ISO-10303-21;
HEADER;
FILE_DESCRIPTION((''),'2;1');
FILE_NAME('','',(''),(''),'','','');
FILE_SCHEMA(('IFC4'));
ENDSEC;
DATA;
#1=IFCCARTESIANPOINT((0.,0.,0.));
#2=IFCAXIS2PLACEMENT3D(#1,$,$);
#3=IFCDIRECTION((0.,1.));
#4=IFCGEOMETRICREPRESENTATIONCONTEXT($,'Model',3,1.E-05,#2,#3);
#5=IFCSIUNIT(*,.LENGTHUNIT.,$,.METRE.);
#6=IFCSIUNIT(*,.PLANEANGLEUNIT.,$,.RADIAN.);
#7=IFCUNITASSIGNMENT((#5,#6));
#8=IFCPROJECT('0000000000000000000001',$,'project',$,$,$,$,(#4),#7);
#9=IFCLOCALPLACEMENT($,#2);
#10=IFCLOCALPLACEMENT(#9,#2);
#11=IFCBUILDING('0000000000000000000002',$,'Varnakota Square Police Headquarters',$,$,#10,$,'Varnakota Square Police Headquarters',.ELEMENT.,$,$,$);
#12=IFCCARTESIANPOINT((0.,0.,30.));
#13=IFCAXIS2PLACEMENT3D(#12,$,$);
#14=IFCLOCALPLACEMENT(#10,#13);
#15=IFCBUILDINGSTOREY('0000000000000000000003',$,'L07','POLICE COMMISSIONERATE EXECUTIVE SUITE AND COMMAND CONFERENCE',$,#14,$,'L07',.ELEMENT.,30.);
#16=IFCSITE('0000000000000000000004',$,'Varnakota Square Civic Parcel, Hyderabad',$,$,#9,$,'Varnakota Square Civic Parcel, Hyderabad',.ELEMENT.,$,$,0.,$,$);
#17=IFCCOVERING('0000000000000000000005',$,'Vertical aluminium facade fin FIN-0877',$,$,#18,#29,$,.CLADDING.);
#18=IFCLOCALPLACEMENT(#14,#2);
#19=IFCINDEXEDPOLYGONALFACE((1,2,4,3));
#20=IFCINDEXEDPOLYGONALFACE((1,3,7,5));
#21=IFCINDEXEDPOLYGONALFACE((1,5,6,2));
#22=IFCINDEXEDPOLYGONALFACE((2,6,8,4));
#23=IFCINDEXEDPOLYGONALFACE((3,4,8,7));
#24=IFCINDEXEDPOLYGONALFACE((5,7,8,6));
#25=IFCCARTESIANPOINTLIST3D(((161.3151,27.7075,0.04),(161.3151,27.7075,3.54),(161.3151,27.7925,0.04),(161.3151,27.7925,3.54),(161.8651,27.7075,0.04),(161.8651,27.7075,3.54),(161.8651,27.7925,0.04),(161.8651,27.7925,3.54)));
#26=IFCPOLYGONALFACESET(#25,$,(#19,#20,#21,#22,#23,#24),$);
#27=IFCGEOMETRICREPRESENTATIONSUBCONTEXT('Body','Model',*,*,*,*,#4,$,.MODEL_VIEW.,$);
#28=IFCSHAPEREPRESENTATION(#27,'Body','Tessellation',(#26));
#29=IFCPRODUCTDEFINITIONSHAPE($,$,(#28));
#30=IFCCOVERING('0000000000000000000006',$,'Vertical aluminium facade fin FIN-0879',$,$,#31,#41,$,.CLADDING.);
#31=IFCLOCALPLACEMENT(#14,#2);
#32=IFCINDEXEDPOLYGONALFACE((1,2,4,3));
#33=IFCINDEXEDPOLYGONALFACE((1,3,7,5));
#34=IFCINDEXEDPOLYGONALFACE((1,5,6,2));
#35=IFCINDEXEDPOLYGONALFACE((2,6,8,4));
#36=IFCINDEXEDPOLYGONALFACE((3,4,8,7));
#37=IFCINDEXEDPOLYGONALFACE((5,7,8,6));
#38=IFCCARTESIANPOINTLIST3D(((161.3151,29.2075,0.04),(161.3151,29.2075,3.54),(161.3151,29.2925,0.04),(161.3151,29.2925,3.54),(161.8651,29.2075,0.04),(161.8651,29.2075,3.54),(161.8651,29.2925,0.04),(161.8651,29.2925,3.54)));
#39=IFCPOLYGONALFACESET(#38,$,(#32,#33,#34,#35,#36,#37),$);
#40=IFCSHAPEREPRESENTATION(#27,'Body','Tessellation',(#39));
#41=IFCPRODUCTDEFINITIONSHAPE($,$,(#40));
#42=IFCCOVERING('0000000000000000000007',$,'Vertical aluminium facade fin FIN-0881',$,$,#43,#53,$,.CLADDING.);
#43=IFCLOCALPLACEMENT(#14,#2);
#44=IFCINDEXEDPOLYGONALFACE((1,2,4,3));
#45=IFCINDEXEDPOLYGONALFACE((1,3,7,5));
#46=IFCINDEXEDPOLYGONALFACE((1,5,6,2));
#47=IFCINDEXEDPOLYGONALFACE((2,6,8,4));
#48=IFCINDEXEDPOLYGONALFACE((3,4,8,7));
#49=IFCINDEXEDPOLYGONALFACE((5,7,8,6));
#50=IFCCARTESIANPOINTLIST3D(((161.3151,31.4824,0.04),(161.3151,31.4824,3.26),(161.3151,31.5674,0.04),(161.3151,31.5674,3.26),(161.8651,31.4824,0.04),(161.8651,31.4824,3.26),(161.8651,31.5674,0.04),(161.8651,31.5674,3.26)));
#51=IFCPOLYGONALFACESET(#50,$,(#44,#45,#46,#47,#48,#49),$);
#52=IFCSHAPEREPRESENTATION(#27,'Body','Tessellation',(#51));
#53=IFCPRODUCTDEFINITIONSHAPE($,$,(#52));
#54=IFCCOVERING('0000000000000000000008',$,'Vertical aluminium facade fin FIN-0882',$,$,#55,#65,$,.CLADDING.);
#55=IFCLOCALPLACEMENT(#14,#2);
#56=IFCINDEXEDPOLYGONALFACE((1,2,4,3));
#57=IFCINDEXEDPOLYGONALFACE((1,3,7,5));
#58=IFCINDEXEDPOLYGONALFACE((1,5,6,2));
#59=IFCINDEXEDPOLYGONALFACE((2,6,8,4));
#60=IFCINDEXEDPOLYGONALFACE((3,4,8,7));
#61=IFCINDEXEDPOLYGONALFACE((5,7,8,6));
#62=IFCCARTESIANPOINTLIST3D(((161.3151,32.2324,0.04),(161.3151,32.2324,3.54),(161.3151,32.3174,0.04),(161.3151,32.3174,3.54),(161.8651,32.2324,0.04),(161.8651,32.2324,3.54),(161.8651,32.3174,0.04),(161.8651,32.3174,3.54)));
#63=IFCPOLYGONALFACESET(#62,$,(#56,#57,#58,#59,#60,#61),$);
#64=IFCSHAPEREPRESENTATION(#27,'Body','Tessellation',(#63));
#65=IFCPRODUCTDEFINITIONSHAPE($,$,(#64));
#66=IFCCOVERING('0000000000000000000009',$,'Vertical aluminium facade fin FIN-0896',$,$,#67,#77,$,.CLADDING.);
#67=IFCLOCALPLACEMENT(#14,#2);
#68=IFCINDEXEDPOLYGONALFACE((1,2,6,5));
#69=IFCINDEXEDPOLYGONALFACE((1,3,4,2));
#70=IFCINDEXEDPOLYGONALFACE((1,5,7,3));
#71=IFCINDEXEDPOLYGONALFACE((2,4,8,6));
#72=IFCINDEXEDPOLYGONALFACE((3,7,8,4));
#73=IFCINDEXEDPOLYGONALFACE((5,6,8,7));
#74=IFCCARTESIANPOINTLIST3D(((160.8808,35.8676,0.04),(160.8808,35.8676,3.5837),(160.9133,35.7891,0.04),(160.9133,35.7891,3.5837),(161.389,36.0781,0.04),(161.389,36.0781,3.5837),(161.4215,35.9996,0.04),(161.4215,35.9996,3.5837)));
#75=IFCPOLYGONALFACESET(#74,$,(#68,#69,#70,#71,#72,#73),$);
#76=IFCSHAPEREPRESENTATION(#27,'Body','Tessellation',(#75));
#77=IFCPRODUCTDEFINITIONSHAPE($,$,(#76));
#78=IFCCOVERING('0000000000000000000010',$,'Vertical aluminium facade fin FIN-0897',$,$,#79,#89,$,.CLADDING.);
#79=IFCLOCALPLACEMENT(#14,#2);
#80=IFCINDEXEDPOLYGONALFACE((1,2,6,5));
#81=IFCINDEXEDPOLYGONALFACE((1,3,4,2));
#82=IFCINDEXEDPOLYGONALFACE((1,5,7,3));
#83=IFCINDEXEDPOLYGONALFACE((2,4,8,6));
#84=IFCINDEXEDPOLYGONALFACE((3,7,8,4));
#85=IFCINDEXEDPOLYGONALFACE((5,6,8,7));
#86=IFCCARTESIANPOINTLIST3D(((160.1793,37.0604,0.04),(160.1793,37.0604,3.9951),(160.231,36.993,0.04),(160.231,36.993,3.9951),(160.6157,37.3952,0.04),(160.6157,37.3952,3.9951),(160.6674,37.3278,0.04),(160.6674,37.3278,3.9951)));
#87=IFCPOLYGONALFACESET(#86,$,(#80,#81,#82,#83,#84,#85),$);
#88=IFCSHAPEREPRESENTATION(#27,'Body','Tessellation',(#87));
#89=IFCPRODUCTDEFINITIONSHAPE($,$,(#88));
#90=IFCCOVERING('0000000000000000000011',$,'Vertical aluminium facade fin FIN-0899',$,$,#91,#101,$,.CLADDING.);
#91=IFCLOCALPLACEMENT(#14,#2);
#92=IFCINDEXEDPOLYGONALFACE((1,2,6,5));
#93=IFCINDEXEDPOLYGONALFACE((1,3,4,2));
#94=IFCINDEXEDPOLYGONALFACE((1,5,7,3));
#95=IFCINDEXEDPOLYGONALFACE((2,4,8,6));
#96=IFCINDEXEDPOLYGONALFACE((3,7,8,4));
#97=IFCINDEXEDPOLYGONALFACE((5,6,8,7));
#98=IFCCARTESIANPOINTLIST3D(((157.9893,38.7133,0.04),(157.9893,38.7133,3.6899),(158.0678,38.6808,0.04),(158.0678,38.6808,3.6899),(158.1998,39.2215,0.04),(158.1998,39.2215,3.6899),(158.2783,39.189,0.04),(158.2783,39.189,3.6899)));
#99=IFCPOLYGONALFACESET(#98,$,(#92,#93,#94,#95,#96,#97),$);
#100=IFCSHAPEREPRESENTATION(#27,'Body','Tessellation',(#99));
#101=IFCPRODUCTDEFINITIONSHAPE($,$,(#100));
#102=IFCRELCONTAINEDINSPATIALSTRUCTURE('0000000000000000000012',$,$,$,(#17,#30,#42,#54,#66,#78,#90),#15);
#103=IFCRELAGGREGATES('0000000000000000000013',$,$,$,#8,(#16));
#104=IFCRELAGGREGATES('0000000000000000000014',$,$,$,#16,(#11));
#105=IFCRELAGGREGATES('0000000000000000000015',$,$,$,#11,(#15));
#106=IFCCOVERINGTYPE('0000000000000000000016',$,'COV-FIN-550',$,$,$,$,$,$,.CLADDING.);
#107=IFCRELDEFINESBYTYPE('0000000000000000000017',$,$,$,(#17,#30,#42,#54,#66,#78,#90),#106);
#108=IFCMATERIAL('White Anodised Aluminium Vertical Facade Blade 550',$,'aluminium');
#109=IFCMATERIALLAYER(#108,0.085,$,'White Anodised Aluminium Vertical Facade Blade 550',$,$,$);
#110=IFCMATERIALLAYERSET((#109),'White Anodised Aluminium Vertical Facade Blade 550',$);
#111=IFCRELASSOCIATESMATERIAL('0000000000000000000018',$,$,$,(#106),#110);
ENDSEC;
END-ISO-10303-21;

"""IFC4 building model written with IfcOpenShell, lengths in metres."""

from ifc_helpers import new_model, si_unit, direction, frame, origin, origin_2d, place, context, subcontext, project, spatial, rectangle, extrude, material, layer, layer_set, type_object, element, save


model = new_model("IFC4")

# Units and contexts
model_context = context("Model", 3, precision=1e-05, world=origin(), true_north=direction((0.0, 1.0)))
body_context = subcontext(model_context, "Body", "Model", "MODEL_VIEW")
ifc_project = project(units=[si_unit("LENGTHUNIT", "METRE"), si_unit("PLANEANGLEUNIT", "RADIAN")], contexts=[model_context])

# Site, building, storey
site_placement = place(None, origin())
site = spatial("IfcSite", under=ifc_project, at=site_placement, Name="Varnakota Square Civic Parcel, Hyderabad", LongName="Varnakota Square Civic Parcel, Hyderabad", CompositionType="ELEMENT", RefElevation=0.0)
building_placement = place(site_placement, origin())
building = spatial("IfcBuilding", under=site, at=building_placement, Name="Varnakota Square Police Headquarters", LongName="Varnakota Square Police Headquarters", CompositionType="ELEMENT")
storey_placement = place(building_placement, frame((0.0, 0.0, 30.0)))
storey = spatial("IfcBuildingStorey", under=building, at=storey_placement, Name="L07", Description="POLICE COMMISSIONERATE EXECUTIVE SUITE AND COMMAND CONFERENCE", LongName="L07", CompositionType="ELEMENT", Elevation=30.0)

# Coverings
ifc_material_1 = material(Name="White Anodised Aluminium Vertical Facade Blade 550", Category="aluminium")
ifc_layer_1 = layer(ifc_material_1, 0.085, Name="White Anodised Aluminium Vertical Facade Blade 550")
ifc_layer_set_1 = layer_set([ifc_layer_1], Name="White Anodised Aluminium Vertical Facade Blade 550")
covering_type_1 = type_object("IfcCoveringType", Name="COV-FIN-550", PredefinedType="CLADDING", material=ifc_layer_set_1)
for number, where, z_axis, x_axis, name in (
    (1, (161.5901, 27.75, 0.04), (0.0, 0.0, 1.0), (0.0, 1.0, 0.0), "Vertical aluminium facade fin FIN-0877"),
    (2, (161.5901, 29.25, 0.04), (0.0, 0.0, 1.0), (0.0, 1.0, 0.0), "Vertical aluminium facade fin FIN-0879"),
):
    element("IfcCovering", number, at=place(storey_placement, frame(where, z_axis=z_axis, x_axis=x_axis)), inside=storey, type_object=covering_type_1, Name=name, PredefinedType="CLADDING", context=body_context, shape_type="SweptSolid", body=[
        extrude(rectangle(XDim=0.085, YDim=0.55, at=origin_2d()), origin(), (0.0, 0.0, 1.0), 3.5),
    ])
covering_1_placement = place(storey_placement, frame((161.5901, 31.5249, 0.04), z_axis=(0.0, 0.0, 1.0), x_axis=(0.0, 1.0, 0.0)))
element("IfcCovering", 3, at=covering_1_placement, inside=storey, type_object=covering_type_1, Name="Vertical aluminium facade fin FIN-0881", PredefinedType="CLADDING", context=body_context, shape_type="SweptSolid", body=[
    extrude(rectangle(XDim=0.085, YDim=0.55, at=origin_2d()), origin(), (0.0, 0.0, 1.0), 3.22),
])
covering_2_placement = place(storey_placement, frame((161.5901, 32.2749, 0.04), z_axis=(0.0, 0.0, 1.0), x_axis=(0.0, 1.0, 0.0)))
element("IfcCovering", 4, at=covering_2_placement, inside=storey, type_object=covering_type_1, Name="Vertical aluminium facade fin FIN-0882", PredefinedType="CLADDING", context=body_context, shape_type="SweptSolid", body=[
    extrude(rectangle(XDim=0.085, YDim=0.55, at=origin_2d()), origin(), (0.0, 0.0, 1.0), 3.5),
])
covering_3_placement = place(storey_placement, frame((161.1511, 35.9336, 0.04), z_axis=(0.0, 0.0, 1.0), x_axis=(-0.382683, 0.92388, 0.0)))
element("IfcCovering", 5, at=covering_3_placement, inside=storey, type_object=covering_type_1, Name="Vertical aluminium facade fin FIN-0896", PredefinedType="CLADDING", context=body_context, shape_type="SweptSolid", body=[
    extrude(rectangle(XDim=0.085, YDim=0.55, at=origin_2d()), origin(), (0.0, 0.0, 1.0), 3.5437),
])
covering_4_placement = place(storey_placement, frame((160.4233, 37.1941, 0.04), z_axis=(0.0, 0.0, 1.0), x_axis=(-0.608761, 0.793353, 0.0)))
element("IfcCovering", 6, at=covering_4_placement, inside=storey, type_object=covering_type_1, Name="Vertical aluminium facade fin FIN-0897", PredefinedType="CLADDING", context=body_context, shape_type="SweptSolid", body=[
    extrude(rectangle(XDim=0.085, YDim=0.55, at=origin_2d()), origin(), (0.0, 0.0, 1.0), 3.9551),
])
covering_5_placement = place(storey_placement, frame((158.1338, 38.9512, 0.04), z_axis=(0.0, 0.0, 1.0), x_axis=(-0.92388, 0.382683, 0.0)))
element("IfcCovering", 7, at=covering_5_placement, inside=storey, type_object=covering_type_1, Name="Vertical aluminium facade fin FIN-0899", PredefinedType="CLADDING", context=body_context, shape_type="SweptSolid", body=[
    extrude(rectangle(XDim=0.085, YDim=0.55, at=origin_2d()), origin(), (0.0, 0.0, 1.0), 3.6499),
])

save(model, "model.ifc")
